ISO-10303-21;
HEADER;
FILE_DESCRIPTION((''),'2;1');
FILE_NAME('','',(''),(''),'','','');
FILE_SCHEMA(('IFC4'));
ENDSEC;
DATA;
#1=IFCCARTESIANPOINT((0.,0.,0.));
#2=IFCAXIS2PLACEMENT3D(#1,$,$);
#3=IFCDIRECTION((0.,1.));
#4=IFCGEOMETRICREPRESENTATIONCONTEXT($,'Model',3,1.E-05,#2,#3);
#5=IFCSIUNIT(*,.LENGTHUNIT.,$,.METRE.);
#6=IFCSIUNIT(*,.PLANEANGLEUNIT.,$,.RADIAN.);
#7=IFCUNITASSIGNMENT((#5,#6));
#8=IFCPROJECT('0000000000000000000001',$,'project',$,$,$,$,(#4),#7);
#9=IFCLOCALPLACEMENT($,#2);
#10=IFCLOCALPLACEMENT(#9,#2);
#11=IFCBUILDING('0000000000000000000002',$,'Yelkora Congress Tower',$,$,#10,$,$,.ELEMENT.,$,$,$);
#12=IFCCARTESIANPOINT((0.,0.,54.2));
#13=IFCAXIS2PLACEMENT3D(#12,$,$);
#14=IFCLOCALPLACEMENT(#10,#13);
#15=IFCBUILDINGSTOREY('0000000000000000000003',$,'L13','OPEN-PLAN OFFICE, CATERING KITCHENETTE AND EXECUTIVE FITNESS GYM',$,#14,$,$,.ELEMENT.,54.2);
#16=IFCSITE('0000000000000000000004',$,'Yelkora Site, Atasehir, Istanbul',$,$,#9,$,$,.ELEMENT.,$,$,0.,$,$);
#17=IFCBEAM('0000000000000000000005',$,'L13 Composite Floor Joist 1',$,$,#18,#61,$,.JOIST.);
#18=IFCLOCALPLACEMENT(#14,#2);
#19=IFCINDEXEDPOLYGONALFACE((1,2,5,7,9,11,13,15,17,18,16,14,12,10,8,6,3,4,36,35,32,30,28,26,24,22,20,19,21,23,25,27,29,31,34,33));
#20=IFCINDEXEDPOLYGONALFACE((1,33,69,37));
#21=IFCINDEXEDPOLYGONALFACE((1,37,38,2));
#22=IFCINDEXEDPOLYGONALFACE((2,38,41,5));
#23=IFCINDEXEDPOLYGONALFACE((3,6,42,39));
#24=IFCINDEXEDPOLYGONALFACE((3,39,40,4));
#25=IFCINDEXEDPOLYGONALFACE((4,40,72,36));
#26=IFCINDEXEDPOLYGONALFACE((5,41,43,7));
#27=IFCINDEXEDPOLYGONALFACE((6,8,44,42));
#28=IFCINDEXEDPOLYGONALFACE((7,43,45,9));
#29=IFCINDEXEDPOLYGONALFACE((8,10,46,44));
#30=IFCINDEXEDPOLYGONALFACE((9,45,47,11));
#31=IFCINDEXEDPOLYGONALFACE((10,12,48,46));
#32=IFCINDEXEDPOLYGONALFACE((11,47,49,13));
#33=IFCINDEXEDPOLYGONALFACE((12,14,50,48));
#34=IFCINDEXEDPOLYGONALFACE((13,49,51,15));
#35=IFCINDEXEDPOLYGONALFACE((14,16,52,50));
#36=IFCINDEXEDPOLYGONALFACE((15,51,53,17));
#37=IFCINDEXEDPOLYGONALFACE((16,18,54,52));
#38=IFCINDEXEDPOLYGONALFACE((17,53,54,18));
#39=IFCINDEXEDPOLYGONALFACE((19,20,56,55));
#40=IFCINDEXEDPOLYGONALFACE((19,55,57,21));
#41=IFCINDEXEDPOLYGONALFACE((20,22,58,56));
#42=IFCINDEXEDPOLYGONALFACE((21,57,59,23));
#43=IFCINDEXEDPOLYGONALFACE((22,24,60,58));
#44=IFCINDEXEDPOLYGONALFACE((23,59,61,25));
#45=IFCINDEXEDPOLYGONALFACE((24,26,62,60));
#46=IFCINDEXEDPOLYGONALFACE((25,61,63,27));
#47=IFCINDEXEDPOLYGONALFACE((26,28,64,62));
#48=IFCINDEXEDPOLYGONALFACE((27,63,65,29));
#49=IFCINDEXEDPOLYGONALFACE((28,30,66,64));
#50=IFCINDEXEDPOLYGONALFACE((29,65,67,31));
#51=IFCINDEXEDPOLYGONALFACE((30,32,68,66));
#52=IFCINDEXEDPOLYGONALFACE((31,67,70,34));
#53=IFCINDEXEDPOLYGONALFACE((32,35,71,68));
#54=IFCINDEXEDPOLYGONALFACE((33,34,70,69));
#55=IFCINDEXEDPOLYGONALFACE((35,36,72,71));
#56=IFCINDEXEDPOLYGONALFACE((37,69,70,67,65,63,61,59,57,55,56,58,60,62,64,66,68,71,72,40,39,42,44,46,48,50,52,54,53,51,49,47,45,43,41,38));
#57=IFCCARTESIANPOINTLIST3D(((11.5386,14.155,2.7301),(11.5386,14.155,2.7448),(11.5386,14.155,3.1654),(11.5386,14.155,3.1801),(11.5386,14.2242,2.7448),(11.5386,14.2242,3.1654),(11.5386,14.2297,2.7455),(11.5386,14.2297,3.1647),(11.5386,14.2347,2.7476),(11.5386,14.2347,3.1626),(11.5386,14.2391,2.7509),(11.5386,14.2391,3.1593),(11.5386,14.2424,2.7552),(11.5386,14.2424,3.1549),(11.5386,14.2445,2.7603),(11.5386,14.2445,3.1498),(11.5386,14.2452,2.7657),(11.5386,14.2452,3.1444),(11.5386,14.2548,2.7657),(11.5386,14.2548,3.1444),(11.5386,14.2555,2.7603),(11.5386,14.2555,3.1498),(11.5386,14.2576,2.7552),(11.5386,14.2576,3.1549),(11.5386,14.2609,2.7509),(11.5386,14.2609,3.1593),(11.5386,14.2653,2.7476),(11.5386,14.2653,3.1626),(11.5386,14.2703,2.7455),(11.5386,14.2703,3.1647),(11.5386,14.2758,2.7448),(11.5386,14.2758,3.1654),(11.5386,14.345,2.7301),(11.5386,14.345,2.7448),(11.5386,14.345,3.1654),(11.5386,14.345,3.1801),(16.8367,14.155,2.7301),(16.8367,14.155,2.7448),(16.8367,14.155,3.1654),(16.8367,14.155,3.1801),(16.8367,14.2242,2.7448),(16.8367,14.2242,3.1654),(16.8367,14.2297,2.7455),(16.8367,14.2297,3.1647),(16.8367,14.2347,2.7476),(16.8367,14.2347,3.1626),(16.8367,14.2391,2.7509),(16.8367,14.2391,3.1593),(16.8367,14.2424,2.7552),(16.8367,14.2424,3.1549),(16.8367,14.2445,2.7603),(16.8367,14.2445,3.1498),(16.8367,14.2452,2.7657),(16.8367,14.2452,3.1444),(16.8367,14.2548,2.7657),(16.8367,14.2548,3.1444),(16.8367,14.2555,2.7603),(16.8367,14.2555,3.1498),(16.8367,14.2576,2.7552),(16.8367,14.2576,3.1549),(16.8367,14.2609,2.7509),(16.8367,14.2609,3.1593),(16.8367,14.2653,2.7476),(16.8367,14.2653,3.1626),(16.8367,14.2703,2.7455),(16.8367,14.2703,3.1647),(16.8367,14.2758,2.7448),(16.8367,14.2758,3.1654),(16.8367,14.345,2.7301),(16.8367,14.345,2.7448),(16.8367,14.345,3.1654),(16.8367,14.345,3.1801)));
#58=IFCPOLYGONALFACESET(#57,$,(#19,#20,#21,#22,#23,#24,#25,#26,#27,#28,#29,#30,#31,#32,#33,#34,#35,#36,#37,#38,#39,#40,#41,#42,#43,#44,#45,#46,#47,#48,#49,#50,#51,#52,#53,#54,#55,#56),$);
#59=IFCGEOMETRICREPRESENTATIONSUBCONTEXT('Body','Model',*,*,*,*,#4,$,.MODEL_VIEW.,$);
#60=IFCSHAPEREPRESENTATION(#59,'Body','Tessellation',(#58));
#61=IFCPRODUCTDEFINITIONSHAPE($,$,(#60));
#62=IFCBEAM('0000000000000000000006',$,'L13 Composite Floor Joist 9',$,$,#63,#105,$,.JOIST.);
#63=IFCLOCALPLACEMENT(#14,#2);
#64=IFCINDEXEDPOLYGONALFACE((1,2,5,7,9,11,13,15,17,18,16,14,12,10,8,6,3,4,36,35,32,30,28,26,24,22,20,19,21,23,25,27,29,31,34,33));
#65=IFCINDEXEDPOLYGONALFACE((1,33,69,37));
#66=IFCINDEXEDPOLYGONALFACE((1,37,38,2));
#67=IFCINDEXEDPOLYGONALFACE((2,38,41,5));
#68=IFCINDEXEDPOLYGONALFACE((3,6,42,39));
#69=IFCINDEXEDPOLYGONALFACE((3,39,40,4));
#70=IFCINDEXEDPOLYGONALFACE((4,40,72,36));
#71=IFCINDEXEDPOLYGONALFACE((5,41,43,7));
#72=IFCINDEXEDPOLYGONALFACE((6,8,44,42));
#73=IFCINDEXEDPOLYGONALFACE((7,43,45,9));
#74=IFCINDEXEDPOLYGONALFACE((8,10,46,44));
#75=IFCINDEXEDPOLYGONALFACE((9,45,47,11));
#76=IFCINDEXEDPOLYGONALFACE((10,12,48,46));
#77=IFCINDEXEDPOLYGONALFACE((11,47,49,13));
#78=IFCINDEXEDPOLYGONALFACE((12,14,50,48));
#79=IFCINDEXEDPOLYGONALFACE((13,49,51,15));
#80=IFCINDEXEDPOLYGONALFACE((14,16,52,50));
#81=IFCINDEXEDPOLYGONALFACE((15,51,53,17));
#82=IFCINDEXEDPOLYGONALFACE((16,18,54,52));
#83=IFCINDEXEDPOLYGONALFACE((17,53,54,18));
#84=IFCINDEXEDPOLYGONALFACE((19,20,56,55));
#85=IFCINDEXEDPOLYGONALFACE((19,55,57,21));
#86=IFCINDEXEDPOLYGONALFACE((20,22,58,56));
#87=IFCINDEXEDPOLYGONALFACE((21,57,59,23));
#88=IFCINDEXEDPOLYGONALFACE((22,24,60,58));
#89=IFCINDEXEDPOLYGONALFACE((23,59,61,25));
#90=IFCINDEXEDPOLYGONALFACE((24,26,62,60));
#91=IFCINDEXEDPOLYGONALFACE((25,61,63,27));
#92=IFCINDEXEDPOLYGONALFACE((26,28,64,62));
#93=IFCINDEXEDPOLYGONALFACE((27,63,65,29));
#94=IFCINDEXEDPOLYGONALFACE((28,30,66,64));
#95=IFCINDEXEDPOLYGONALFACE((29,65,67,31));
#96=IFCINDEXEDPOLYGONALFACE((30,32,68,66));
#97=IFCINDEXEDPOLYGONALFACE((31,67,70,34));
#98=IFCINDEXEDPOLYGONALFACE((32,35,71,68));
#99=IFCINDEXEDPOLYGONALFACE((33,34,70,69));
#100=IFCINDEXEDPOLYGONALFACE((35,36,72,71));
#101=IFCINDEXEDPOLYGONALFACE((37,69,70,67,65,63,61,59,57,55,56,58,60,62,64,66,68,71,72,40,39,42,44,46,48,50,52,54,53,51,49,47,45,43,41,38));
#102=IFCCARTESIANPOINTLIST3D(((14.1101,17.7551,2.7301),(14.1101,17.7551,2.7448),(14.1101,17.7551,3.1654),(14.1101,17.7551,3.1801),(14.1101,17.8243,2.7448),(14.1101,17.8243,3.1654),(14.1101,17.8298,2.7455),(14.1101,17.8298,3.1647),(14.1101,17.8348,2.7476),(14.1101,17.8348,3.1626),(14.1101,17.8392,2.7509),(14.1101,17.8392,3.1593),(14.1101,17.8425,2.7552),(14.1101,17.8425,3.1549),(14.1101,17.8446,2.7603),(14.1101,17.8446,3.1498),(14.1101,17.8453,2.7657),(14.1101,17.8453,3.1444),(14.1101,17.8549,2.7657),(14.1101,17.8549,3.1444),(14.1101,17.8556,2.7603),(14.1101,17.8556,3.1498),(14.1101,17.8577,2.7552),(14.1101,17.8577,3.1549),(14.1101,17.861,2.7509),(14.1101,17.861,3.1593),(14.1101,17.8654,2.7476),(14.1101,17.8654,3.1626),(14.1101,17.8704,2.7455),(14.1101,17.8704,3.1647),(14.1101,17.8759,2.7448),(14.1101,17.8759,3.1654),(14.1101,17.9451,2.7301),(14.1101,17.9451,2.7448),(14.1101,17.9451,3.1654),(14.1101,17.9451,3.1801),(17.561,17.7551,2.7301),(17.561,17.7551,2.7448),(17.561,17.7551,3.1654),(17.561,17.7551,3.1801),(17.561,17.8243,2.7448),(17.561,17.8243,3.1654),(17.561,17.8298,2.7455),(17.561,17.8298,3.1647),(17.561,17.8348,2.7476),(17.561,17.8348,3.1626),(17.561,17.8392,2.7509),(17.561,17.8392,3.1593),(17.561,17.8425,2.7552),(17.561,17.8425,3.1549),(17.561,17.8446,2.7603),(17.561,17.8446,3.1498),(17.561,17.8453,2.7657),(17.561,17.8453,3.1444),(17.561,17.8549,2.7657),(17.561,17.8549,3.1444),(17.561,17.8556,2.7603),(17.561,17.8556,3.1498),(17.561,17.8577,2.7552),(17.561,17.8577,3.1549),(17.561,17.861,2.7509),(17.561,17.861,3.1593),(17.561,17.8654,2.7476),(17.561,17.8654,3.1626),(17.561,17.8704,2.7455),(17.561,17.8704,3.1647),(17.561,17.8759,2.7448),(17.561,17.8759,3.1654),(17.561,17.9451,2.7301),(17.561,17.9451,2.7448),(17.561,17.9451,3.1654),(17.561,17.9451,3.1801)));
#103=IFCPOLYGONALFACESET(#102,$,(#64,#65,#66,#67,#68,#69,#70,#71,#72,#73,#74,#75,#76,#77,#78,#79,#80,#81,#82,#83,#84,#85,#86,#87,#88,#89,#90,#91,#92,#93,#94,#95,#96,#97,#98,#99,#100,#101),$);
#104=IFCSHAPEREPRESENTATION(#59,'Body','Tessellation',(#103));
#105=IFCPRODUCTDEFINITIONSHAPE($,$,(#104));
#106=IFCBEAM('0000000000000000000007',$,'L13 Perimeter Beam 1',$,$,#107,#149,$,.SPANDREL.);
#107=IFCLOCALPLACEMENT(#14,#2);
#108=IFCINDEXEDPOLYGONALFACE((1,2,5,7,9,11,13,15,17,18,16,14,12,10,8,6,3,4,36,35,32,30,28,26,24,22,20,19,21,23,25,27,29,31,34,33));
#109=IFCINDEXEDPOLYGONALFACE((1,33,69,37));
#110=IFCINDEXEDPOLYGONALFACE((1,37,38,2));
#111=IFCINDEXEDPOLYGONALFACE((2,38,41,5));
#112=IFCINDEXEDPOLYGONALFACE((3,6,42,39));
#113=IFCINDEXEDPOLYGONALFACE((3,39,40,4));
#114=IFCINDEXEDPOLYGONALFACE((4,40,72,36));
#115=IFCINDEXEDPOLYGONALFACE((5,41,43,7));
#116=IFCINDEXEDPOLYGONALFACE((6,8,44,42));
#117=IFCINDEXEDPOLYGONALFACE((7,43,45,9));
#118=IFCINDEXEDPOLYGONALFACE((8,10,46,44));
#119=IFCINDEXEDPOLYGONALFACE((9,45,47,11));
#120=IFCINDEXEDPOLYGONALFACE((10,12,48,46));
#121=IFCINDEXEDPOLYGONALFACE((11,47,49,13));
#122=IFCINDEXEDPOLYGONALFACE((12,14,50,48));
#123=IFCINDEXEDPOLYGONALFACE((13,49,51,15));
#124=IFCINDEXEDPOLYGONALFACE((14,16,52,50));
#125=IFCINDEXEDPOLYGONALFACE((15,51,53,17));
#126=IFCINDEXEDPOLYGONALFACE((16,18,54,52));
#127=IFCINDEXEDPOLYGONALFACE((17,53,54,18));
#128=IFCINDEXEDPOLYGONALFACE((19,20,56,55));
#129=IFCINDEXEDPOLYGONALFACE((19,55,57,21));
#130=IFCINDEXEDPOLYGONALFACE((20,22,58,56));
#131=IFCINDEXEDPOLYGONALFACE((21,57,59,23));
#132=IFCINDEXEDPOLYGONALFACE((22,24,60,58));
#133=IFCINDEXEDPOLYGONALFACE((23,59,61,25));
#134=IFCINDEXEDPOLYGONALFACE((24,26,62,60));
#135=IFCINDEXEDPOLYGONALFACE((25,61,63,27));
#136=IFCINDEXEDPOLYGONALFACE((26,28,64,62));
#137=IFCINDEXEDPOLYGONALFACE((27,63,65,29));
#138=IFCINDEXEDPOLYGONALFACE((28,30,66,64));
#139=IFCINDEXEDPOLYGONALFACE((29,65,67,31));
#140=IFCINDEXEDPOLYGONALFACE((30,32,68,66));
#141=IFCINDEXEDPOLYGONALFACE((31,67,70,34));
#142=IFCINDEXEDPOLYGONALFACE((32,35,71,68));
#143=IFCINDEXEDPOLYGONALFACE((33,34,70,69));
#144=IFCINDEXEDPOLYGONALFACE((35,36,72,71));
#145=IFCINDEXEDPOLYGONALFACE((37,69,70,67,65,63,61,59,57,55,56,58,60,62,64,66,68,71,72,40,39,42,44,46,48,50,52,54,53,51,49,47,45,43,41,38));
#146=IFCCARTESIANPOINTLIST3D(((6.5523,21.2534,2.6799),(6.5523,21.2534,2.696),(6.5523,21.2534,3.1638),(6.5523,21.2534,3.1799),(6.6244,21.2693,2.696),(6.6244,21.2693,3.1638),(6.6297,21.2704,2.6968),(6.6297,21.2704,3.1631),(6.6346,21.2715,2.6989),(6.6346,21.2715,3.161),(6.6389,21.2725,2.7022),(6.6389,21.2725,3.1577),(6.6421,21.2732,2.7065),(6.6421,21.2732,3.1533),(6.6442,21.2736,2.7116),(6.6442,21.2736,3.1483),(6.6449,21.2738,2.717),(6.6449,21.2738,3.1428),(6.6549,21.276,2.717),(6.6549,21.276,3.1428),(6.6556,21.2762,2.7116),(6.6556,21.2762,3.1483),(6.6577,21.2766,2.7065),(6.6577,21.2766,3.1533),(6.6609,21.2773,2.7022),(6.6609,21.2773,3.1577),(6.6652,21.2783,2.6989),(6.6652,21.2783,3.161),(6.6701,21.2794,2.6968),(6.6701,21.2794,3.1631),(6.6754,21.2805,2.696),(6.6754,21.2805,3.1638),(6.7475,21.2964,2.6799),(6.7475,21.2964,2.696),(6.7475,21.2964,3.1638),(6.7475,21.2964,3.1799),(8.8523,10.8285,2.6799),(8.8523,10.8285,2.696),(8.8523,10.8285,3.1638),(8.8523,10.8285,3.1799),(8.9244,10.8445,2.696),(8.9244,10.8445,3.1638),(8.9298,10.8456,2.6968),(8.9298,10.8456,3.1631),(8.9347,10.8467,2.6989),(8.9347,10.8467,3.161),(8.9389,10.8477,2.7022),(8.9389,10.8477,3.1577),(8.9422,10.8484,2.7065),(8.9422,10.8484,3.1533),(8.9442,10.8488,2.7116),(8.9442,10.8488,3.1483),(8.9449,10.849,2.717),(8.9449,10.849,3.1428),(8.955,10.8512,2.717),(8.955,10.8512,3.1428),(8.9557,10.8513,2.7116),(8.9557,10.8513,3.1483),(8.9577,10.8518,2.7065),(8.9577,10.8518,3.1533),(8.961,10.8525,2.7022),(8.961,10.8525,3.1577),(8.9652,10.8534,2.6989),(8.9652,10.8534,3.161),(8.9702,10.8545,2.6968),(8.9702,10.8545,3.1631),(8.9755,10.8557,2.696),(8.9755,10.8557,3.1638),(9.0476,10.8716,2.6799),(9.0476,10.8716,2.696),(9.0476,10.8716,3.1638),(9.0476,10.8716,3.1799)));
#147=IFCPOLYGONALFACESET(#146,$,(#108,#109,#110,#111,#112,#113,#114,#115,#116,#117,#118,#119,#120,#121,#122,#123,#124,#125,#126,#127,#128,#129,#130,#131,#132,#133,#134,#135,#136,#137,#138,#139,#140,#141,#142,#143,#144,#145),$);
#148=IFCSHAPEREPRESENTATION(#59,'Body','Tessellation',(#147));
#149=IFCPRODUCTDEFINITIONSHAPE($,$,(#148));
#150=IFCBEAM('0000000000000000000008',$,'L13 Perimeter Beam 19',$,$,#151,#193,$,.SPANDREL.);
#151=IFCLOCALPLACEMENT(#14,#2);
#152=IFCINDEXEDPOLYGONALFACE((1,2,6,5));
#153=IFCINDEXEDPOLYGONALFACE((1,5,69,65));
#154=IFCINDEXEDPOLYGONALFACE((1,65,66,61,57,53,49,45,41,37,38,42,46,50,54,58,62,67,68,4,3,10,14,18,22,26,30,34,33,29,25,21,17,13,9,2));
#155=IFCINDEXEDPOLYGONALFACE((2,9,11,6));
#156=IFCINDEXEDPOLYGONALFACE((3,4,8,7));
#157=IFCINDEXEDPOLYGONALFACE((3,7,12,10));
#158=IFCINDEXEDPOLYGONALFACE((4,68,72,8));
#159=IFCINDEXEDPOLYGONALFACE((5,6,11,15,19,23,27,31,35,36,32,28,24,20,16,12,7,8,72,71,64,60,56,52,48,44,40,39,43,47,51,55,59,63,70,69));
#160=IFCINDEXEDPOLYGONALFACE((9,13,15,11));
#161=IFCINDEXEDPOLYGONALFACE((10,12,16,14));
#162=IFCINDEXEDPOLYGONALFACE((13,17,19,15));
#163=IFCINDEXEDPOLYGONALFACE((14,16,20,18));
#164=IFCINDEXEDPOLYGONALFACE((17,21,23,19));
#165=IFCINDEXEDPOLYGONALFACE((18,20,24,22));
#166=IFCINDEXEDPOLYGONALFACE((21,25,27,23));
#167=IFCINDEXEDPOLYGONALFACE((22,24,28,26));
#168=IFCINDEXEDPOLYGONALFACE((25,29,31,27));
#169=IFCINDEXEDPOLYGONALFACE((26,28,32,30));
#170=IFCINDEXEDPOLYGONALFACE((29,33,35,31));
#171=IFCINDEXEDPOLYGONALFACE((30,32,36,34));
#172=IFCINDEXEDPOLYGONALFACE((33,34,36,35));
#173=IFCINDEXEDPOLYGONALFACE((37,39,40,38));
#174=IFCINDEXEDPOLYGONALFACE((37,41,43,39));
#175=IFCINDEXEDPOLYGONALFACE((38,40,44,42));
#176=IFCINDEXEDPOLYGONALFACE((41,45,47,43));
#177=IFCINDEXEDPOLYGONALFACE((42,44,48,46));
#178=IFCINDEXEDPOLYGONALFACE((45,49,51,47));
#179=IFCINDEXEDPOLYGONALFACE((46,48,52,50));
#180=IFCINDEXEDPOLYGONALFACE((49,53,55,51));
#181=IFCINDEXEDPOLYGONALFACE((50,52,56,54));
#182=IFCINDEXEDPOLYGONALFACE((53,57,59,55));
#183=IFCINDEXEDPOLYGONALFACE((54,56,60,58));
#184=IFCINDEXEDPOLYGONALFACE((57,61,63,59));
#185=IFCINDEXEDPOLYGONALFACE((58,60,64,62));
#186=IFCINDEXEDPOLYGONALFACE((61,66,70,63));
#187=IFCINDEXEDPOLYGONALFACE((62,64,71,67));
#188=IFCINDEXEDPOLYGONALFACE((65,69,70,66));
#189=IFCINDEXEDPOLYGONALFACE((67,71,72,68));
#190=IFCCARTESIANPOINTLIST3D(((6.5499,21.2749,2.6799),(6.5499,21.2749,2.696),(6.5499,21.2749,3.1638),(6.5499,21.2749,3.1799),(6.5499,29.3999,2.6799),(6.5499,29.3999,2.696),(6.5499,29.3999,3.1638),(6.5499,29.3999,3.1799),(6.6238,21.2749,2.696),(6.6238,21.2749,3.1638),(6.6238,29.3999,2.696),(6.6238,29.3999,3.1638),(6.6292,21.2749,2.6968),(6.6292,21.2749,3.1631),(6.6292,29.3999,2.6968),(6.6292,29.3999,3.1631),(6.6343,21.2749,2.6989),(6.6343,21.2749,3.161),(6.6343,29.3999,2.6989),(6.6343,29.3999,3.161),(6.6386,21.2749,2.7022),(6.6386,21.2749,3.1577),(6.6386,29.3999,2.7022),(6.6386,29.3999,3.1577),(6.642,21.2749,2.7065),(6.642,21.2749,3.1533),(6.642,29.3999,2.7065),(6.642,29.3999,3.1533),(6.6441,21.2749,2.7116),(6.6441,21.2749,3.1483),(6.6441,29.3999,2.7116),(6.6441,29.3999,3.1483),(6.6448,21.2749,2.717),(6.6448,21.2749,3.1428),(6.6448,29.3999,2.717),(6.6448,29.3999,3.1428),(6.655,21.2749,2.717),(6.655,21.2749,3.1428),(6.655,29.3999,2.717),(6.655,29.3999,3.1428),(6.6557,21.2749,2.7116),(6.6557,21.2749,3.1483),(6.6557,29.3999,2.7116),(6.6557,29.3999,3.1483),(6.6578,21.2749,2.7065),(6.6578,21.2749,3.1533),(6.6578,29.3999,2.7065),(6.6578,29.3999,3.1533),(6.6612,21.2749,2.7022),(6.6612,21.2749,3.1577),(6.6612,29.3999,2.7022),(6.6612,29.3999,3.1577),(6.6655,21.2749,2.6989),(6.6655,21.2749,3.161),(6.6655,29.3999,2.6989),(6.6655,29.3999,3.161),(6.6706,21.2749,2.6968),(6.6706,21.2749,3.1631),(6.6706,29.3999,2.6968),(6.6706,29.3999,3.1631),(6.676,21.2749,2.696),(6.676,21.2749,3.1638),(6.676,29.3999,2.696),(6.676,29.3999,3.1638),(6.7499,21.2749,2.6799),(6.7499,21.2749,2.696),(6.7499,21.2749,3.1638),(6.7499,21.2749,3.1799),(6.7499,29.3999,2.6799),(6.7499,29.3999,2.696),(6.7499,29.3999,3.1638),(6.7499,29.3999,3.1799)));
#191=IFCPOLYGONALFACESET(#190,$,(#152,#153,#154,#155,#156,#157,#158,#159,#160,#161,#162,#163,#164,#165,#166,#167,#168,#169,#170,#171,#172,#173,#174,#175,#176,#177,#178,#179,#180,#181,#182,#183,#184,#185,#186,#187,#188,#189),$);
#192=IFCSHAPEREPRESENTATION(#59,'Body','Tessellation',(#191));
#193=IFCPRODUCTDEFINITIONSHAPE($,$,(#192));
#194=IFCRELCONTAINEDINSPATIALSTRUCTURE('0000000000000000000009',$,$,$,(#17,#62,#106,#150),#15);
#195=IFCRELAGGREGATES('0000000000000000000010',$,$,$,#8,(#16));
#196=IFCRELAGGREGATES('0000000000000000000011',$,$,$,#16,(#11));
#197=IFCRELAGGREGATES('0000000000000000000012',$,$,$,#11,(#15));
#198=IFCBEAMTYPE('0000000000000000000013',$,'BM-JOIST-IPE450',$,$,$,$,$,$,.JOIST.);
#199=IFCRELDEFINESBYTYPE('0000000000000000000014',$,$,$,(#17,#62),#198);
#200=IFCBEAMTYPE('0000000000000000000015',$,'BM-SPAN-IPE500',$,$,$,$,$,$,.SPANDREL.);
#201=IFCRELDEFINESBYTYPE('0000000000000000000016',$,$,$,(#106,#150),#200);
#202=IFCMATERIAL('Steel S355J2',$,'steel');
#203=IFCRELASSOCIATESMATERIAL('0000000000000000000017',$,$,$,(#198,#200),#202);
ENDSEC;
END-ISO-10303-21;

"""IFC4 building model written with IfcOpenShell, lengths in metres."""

from ifc_helpers import new_model, si_unit, direction, frame, origin, origin_2d, place, context, subcontext, project, spatial, i_section, extrude, material, material_profile, profile_set, type_object, element, save


model = new_model("IFC4")

# Units and contexts
model_context = context("Model", 3, precision=1e-05, world=origin(), true_north=direction((0.0, 1.0)))
body_context = subcontext(model_context, "Body", "Model", "MODEL_VIEW")
ifc_project = project(units=[si_unit("LENGTHUNIT", "METRE"), si_unit("PLANEANGLEUNIT", "RADIAN")], contexts=[model_context])

# Site, building, storey
site_placement = place(None, origin())
site = spatial("IfcSite", under=ifc_project, at=site_placement, Name="Yelkora Site, Atasehir, Istanbul", CompositionType="ELEMENT", RefElevation=0.0)
building_placement = place(site_placement, origin())
building = spatial("IfcBuilding", under=site, at=building_placement, Name="Yelkora Congress Tower", CompositionType="ELEMENT")
storey_placement = place(building_placement, frame((0.0, 0.0, 54.2)))
storey = spatial("IfcBuildingStorey", under=building, at=storey_placement, Name="L13", Description="OPEN-PLAN OFFICE, CATERING KITCHENETTE AND EXECUTIVE FITNESS GYM", CompositionType="ELEMENT", Elevation=54.2)

# Beams
ifc_material_1 = material(Name="Steel S355J2", Category="steel")
ifc_material_profile_1 = material_profile(ifc_material_1, i_section(OverallWidth=0.1899, OverallDepth=0.45, WebThickness=0.0095, FlangeThickness=0.0146, FilletRadius=0.021, at=origin_2d()), Name="IPE 450")
ifc_profile_set_1 = profile_set([ifc_material_profile_1], Name="Steel S355J2")
beam_type_1 = type_object("IfcBeamType", Name="BM-JOIST-IPE450", PredefinedType="JOIST", material=ifc_profile_set_1)
beam_1_placement = place(storey_placement, frame((11.5386, 14.25, 2.9551), z_axis=(1.0, 0.0, 0.0), x_axis=(0.0, 1.0, 0.0)))
element("IfcBeam", 1, at=beam_1_placement, inside=storey, type_object=beam_type_1, Name="L13 Composite Floor Joist 1", PredefinedType="JOIST", context=body_context, shape_type="SweptSolid", body=[
    extrude(i_section(OverallWidth=0.1899, OverallDepth=0.45, WebThickness=0.0095, FlangeThickness=0.0146, FilletRadius=0.021, at=origin_2d()), origin(), (0.0, 0.0, 1.0), 5.2981),
])
beam_2_placement = place(storey_placement, frame((14.1101, 17.8501, 2.9551), z_axis=(1.0, 0.0, 0.0), x_axis=(0.0, 1.0, 0.0)))
element("IfcBeam", 2, at=beam_2_placement, inside=storey, type_object=beam_type_1, Name="L13 Composite Floor Joist 9", PredefinedType="JOIST", context=body_context, shape_type="SweptSolid", body=[
    extrude(i_section(OverallWidth=0.1899, OverallDepth=0.45, WebThickness=0.0095, FlangeThickness=0.0146, FilletRadius=0.021, at=origin_2d()), origin(), (0.0, 0.0, 1.0), 3.4509),
])
ifc_material_profile_2 = material_profile(ifc_material_1, i_section(OverallWidth=0.2, OverallDepth=0.5, WebThickness=0.0103, FlangeThickness=0.0161, FilletRadius=0.021, at=origin_2d()), Name="IPE 500")
ifc_profile_set_2 = profile_set([ifc_material_profile_2], Name="Steel S355J2")
beam_type_2 = type_object("IfcBeamType", Name="BM-SPAN-IPE500", PredefinedType="SPANDREL", material=ifc_profile_set_2)
beam_3_placement = place(storey_placement, frame((6.6499, 21.2749, 2.9299), z_axis=(0.215451, -0.976515, 0.0), x_axis=(0.976515, 0.215451, 0.0)))
element("IfcBeam", 3, at=beam_3_placement, inside=storey, type_object=beam_type_2, Name="L13 Perimeter Beam 1", PredefinedType="SPANDREL", context=body_context, shape_type="SweptSolid", body=[
    extrude(i_section(OverallWidth=0.2, OverallDepth=0.5, WebThickness=0.0103, FlangeThickness=0.0161, FilletRadius=0.021, at=origin_2d()), origin(), (0.0, 0.0, 1.0), 10.6755),
])
beam_4_placement = place(storey_placement, frame((6.6499, 29.3999, 2.9299), z_axis=(0.0, -1.0, 0.0), x_axis=(1.0, 0.0, 0.0)))
element("IfcBeam", 4, at=beam_4_placement, inside=storey, type_object=beam_type_2, Name="L13 Perimeter Beam 19", PredefinedType="SPANDREL", context=body_context, shape_type="SweptSolid", body=[
    extrude(i_section(OverallWidth=0.2, OverallDepth=0.5, WebThickness=0.0103, FlangeThickness=0.0161, FilletRadius=0.021, at=origin_2d()), origin(), (0.0, 0.0, 1.0), 8.125),
])

save(model, "model.ifc")
